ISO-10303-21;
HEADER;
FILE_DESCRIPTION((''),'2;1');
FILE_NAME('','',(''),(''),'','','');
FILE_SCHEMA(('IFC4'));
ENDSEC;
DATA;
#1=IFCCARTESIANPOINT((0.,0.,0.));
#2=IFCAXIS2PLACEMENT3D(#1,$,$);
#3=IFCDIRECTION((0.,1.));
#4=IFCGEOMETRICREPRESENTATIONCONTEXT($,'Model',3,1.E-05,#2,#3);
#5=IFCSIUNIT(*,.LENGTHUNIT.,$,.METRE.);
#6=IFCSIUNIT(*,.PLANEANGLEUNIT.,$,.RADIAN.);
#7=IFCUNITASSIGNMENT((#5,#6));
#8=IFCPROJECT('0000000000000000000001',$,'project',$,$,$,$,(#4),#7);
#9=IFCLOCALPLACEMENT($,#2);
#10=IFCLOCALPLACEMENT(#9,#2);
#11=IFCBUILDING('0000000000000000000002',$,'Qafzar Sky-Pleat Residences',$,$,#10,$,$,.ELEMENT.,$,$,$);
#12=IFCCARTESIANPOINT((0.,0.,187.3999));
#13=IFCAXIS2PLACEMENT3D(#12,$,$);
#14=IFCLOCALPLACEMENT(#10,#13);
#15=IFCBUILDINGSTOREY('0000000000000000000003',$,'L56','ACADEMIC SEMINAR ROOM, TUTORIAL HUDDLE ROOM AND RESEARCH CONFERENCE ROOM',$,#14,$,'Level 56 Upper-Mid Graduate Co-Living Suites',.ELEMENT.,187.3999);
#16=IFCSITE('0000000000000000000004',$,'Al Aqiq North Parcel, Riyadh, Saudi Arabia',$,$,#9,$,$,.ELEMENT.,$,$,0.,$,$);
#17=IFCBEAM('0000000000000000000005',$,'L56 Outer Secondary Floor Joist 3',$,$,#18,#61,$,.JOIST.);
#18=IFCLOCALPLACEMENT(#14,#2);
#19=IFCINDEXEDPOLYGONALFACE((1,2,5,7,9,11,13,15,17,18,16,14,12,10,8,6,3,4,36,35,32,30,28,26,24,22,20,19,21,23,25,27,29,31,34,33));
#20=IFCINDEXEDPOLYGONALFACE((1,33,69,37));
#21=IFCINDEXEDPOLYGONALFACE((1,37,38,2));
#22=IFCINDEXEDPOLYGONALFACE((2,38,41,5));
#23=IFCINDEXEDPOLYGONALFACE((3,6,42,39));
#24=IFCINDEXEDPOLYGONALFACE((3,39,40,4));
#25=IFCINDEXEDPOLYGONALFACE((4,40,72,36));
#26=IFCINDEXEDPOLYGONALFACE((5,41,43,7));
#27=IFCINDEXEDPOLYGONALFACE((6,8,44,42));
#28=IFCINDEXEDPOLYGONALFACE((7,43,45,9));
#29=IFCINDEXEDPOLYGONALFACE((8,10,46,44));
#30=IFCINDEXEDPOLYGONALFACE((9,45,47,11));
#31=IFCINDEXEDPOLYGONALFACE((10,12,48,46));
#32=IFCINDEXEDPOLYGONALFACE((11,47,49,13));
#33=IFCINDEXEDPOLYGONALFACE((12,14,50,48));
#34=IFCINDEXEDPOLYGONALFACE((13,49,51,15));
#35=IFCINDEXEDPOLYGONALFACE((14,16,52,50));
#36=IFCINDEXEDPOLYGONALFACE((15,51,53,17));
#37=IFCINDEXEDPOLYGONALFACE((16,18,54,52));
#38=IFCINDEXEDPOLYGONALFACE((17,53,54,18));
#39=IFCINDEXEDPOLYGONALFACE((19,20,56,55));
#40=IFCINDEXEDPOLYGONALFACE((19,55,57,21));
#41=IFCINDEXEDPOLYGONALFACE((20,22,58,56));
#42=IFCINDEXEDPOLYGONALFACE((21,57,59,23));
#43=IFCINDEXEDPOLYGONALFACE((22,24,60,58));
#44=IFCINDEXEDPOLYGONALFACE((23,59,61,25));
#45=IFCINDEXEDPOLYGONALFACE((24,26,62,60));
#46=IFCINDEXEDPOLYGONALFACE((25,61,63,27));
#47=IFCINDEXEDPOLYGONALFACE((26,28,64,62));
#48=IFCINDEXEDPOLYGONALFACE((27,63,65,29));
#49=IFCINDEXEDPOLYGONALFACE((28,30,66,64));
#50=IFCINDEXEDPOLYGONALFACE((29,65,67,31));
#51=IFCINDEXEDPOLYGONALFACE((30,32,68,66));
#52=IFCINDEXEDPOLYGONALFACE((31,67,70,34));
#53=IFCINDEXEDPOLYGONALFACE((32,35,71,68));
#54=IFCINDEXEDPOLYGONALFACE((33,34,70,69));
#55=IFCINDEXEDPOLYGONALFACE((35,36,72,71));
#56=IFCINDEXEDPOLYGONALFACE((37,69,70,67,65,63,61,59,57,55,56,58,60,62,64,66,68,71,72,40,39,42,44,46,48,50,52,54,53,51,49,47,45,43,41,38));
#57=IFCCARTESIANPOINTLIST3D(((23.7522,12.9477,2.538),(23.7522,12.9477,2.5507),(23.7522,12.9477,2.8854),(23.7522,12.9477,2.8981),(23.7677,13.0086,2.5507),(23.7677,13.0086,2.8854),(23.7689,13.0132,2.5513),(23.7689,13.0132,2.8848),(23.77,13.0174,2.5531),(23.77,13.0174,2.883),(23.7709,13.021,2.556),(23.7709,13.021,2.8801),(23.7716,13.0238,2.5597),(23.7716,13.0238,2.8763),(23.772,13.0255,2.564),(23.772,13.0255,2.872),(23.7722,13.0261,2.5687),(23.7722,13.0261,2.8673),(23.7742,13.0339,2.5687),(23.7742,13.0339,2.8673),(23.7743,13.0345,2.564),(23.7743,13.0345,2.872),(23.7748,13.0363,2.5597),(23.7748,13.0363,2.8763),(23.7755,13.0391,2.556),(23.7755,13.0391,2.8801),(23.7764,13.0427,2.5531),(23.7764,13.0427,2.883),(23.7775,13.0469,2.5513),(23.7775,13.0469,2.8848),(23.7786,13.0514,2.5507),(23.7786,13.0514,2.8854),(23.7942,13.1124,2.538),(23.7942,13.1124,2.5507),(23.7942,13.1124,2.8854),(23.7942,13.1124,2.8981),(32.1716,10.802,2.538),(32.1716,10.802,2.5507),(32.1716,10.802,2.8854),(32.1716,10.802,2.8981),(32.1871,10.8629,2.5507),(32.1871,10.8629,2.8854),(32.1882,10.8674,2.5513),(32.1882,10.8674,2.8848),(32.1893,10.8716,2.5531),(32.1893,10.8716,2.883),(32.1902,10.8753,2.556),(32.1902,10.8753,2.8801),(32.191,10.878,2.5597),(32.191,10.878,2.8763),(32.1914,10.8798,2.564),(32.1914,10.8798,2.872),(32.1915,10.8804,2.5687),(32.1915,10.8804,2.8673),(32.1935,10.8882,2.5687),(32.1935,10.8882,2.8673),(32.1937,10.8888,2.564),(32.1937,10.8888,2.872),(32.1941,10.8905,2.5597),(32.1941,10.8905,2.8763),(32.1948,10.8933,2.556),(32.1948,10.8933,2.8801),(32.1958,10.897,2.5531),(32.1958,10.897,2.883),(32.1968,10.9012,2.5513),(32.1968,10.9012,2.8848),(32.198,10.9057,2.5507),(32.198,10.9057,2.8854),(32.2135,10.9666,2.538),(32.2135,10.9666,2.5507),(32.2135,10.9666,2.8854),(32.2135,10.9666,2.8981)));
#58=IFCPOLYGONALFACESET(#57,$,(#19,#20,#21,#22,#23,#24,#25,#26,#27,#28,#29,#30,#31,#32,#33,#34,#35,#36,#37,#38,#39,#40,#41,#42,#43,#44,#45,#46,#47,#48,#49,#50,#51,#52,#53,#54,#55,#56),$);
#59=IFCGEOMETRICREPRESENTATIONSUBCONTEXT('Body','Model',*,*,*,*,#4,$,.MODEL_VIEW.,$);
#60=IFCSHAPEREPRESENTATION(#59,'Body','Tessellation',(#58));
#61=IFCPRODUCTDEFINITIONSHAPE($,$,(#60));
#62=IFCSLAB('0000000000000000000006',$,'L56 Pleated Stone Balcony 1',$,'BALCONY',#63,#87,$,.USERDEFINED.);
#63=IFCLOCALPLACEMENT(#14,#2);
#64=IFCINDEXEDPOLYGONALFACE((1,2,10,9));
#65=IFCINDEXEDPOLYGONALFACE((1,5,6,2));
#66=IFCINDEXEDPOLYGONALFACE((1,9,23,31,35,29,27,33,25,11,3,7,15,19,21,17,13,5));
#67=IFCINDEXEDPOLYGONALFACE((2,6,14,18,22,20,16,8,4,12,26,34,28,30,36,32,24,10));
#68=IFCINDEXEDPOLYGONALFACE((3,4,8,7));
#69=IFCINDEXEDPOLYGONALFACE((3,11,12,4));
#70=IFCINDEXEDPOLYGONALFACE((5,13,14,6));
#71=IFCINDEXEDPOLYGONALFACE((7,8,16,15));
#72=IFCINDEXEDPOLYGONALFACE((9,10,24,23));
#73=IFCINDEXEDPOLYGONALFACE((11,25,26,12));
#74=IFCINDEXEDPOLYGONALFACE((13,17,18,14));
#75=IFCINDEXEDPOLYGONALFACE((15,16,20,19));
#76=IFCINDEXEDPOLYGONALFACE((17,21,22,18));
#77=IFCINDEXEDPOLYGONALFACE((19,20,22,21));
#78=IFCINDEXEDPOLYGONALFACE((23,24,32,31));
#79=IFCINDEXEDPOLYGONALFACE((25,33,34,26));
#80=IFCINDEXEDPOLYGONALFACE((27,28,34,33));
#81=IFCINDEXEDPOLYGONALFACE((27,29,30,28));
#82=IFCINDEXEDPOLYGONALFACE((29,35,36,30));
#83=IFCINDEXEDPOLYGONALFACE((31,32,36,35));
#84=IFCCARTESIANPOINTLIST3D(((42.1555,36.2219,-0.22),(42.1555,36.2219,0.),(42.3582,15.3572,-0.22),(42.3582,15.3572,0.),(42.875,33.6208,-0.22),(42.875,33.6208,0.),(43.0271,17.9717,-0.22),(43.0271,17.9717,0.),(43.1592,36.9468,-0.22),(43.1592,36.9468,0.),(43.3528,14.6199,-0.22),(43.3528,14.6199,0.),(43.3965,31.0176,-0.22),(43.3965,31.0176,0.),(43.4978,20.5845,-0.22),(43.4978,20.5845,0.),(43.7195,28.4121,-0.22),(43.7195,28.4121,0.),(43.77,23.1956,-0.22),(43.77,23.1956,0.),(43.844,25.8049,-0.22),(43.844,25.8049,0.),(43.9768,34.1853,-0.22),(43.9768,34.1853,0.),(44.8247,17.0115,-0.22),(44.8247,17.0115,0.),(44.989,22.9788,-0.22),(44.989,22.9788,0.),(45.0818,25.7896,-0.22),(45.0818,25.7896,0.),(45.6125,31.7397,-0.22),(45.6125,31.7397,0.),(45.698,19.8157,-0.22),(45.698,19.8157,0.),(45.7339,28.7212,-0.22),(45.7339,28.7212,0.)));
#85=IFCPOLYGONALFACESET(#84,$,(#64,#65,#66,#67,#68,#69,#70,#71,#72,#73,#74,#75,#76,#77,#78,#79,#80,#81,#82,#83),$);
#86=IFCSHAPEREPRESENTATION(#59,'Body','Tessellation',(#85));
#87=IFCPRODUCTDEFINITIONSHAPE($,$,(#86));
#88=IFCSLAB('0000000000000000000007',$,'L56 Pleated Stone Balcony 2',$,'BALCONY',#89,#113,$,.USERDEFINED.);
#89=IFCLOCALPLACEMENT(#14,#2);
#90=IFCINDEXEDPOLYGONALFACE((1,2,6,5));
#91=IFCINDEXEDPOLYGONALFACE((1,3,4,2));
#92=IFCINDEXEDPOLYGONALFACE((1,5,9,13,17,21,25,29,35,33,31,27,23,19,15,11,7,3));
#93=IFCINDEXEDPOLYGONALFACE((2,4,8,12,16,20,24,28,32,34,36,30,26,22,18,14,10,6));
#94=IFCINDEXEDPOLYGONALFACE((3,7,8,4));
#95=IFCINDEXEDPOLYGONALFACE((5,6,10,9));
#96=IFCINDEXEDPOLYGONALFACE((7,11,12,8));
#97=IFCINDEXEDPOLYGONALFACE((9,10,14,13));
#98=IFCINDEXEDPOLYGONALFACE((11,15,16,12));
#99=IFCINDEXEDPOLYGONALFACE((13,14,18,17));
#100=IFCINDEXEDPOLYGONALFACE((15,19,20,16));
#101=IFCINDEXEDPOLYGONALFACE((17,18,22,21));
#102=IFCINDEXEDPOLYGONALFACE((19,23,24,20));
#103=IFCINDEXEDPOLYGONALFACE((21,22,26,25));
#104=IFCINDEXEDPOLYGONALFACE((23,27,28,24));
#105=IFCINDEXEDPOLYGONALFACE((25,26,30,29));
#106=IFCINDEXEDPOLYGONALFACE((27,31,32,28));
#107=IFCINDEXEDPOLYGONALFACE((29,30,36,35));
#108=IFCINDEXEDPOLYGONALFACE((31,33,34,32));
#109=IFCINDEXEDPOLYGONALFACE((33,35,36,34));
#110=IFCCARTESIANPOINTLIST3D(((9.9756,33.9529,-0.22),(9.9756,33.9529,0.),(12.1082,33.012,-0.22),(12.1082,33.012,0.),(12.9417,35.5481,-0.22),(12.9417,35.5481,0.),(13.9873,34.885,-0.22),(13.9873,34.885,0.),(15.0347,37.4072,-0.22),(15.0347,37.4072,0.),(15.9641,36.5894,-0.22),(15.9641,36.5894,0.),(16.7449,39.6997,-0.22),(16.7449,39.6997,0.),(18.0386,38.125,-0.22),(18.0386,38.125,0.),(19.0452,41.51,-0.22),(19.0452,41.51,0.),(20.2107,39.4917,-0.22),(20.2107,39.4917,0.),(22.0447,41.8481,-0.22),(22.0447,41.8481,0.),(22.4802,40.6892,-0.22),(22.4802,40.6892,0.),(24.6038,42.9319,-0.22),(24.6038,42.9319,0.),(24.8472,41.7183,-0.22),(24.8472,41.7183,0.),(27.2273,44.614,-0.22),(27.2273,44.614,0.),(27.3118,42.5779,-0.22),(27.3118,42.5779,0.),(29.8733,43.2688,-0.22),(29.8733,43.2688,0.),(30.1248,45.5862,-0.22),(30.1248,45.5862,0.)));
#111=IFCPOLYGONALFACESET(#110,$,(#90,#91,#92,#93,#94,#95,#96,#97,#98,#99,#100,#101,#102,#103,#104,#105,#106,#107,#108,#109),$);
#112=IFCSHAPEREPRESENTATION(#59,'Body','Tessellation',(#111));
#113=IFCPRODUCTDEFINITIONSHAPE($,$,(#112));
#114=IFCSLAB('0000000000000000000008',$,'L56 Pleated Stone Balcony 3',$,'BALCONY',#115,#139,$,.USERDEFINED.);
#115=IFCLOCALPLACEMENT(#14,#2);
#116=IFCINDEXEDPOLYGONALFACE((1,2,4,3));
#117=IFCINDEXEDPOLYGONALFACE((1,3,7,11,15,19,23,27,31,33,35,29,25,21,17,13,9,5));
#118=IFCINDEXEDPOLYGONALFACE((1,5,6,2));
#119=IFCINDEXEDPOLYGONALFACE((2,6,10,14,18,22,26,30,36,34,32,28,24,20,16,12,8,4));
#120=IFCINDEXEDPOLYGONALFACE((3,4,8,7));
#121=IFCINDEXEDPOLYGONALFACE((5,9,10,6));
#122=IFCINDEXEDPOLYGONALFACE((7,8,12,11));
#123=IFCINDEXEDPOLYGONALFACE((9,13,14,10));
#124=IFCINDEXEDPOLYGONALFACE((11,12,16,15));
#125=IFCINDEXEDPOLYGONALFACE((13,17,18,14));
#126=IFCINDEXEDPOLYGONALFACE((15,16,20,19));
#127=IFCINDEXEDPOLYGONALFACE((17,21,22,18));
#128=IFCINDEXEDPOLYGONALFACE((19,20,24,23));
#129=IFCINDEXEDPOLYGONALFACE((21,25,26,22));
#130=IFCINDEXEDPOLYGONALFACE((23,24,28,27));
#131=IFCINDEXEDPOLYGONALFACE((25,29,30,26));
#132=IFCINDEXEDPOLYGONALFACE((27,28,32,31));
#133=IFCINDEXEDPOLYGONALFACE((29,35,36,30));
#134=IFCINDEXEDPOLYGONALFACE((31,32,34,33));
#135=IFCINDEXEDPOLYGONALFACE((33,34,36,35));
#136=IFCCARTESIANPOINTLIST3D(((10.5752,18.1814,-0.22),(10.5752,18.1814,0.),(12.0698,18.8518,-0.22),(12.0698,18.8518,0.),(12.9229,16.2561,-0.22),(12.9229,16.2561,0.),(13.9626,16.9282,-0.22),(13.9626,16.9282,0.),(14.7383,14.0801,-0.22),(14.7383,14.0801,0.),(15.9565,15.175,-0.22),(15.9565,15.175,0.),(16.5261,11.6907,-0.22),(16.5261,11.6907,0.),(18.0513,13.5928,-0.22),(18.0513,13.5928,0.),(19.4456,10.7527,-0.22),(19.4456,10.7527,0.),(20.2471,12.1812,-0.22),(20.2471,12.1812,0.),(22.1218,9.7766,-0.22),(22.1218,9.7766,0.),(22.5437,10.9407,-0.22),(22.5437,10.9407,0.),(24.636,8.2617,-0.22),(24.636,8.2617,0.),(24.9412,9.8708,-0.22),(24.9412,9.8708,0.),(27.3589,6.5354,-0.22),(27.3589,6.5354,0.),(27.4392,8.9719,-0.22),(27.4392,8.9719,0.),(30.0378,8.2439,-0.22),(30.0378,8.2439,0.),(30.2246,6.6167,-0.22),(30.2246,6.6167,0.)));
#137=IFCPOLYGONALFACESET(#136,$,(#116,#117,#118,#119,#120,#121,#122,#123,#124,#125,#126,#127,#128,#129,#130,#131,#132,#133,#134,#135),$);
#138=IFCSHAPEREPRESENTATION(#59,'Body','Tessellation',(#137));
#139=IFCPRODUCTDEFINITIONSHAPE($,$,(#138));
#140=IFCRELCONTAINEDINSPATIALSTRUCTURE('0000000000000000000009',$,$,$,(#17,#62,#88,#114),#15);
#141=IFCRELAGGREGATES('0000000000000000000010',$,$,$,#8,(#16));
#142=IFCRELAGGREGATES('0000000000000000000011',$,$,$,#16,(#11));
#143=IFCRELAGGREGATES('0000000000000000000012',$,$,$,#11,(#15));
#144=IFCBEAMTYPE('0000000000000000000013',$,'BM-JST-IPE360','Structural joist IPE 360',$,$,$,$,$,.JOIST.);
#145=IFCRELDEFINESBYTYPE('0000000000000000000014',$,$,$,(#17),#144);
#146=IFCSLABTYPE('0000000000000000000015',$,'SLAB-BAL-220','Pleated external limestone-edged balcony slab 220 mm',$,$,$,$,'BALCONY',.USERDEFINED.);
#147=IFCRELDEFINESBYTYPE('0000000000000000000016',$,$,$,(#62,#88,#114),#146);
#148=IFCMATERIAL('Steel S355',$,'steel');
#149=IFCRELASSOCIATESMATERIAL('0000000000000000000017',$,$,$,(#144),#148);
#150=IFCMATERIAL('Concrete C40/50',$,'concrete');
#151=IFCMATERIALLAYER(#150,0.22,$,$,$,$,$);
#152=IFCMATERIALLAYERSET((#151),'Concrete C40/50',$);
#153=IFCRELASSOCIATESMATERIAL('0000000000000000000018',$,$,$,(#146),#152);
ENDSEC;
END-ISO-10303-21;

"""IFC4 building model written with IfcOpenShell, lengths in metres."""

from ifc_helpers import new_model, si_unit, direction, frame, origin, origin_2d, place, context, subcontext, project, spatial, polyline, i_section, outline, extrude, source, transform, mapped, material, layer, layer_set, material_profile, profile_set, type_object, element, save


model = new_model("IFC4")

# Units and contexts
model_context = context("Model", 3, precision=1e-05, world=origin(), true_north=direction((0.0, 1.0)))
body_context = subcontext(model_context, "Body", "Model", "MODEL_VIEW")
ifc_project = project(units=[si_unit("LENGTHUNIT", "METRE"), si_unit("PLANEANGLEUNIT", "RADIAN")], contexts=[model_context])

# Site, building, storey
site_placement = place(None, origin())
site = spatial("IfcSite", under=ifc_project, at=site_placement, Name="Al Aqiq North Parcel, Riyadh, Saudi Arabia", CompositionType="ELEMENT", RefElevation=0.0)
building_placement = place(site_placement, origin())
building = spatial("IfcBuilding", under=site, at=building_placement, Name="Qafzar Sky-Pleat Residences", CompositionType="ELEMENT")
storey_placement = place(building_placement, frame((0.0, 0.0, 187.3999)))
storey = spatial("IfcBuildingStorey", under=building, at=storey_placement, Name="L56", Description="ACADEMIC SEMINAR ROOM, TUTORIAL HUDDLE ROOM AND RESEARCH CONFERENCE ROOM", LongName="Level 56 Upper-Mid Graduate Co-Living Suites", CompositionType="ELEMENT", Elevation=187.3999)

# Shared definitions
ifc_material_1 = material(Name="Steel S355", Category="steel")

# Beam
ifc_material_profile_1 = material_profile(ifc_material_1, i_section(OverallWidth=0.1699, OverallDepth=0.3601, WebThickness=0.0081, FlangeThickness=0.0127, FilletRadius=0.0181, at=origin_2d()), Name="IPE 360")
ifc_profile_set_1 = profile_set([ifc_material_profile_1], Name="Steel S355")
beam_type_1 = type_object("IfcBeamType", Name="BM-JST-IPE360", Description="Structural joist IPE 360", PredefinedType="JOIST", material=ifc_profile_set_1)
shared_shape_1 = source(origin(), body_context, "Body", "SweptSolid", [
    extrude(i_section(OverallWidth=0.1699, OverallDepth=0.3601, WebThickness=0.0081, FlangeThickness=0.0127, FilletRadius=0.0181, at=origin_2d()), origin(), (0.0, 0.0, 1.0), 8.6885),
])
beam_1_placement = place(storey_placement, frame((23.7732, 13.03, 2.718), z_axis=(0.969025, -0.246963, 0.0), x_axis=(0.246963, 0.969025, 0.0)))
element("IfcBeam", 1, at=beam_1_placement, inside=storey, type_object=beam_type_1, Name="L56 Outer Secondary Floor Joist 3", PredefinedType="JOIST", context=body_context, shape_type="MappedRepresentation", body=[
    mapped(shared_shape_1, transform((0.0, 0.0, 0.0), x_axis=(1.0, 0.0, 0.0), y_axis=(0.0, 1.0, 0.0), z_axis=(0.0, 0.0, 1.0), scale=1.0)),
])

# Slabs
ifc_material_2 = material(Name="Concrete C40/50", Category="concrete")
ifc_layer_1 = layer(ifc_material_2, 0.22)
ifc_layer_set_1 = layer_set([ifc_layer_1], Name="Concrete C40/50")
slab_type_1 = type_object("IfcSlabType", Name="SLAB-BAL-220", Description="Pleated external limestone-edged balcony slab 220 mm", ElementType="BALCONY", PredefinedType="USERDEFINED", material=ifc_layer_set_1)
slab_1_placement = place(storey_placement, frame((0.0, 0.0, -0.22)))
element("IfcSlab", 2, at=slab_1_placement, inside=storey, type_object=slab_type_1, Name="L56 Pleated Stone Balcony 1", ObjectType="BALCONY", PredefinedType="USERDEFINED", context=body_context, shape_type="SweptSolid", body=[
    extrude(outline(polyline([(43.0271, 17.9717), (43.4978, 20.5845), (43.77, 23.1956), (43.844, 25.8049), (43.7195, 28.4121), (43.3965, 31.0176), (42.875, 33.6208), (42.1555, 36.2219), (43.1592, 36.9468), (43.9768, 34.1853), (45.6125, 31.7397), (45.7339, 28.7212), (45.0818, 25.7896), (44.989, 22.9788), (45.698, 19.8157), (44.8247, 17.0115), (43.3528, 14.6199), (42.3582, 15.3572), (43.0271, 17.9717)])), origin(), (0.0, 0.0, 1.0), 0.22),
])
slab_2_placement = place(storey_placement, frame((0.0, 0.0, -0.22)))
element("IfcSlab", 3, at=slab_2_placement, inside=storey, type_object=slab_type_1, Name="L56 Pleated Stone Balcony 2", ObjectType="BALCONY", PredefinedType="USERDEFINED", context=body_context, shape_type="SweptSolid", body=[
    extrude(outline(polyline([(27.3118, 42.5779), (24.8472, 41.7183), (22.4802, 40.6892), (20.2107, 39.4917), (18.0386, 38.125), (15.9641, 36.5894), (13.9873, 34.885), (12.1082, 33.012), (9.9756, 33.9529), (12.9417, 35.5481), (15.0347, 37.4072), (16.7449, 39.6997), (19.0452, 41.51), (22.0447, 41.8481), (24.6038, 42.9319), (27.2273, 44.614), (30.1248, 45.5862), (29.8733, 43.2688), (27.3118, 42.5779)])), origin(), (0.0, 0.0, 1.0), 0.22),
])
slab_3_placement = place(storey_placement, frame((0.0, 0.0, -0.22)))
element("IfcSlab", 4, at=slab_3_placement, inside=storey, type_object=slab_type_1, Name="L56 Pleated Stone Balcony 3", ObjectType="BALCONY", PredefinedType="USERDEFINED", context=body_context, shape_type="SweptSolid", body=[
    extrude(outline(polyline([(13.9626, 16.9282), (15.9565, 15.175), (18.0513, 13.5928), (20.2471, 12.1812), (22.5437, 10.9407), (24.9412, 9.8708), (27.4392, 8.9719), (30.0378, 8.2439), (30.2246, 6.6167), (27.3589, 6.5354), (24.636, 8.2617), (22.1218, 9.7766), (19.4456, 10.7527), (16.5261, 11.6907), (14.7383, 14.0801), (12.9229, 16.2561), (10.5752, 18.1814), (12.0698, 18.8518), (13.9626, 16.9282)])), origin(), (0.0, 0.0, 1.0), 0.22),
])

save(model, "model.ifc")
